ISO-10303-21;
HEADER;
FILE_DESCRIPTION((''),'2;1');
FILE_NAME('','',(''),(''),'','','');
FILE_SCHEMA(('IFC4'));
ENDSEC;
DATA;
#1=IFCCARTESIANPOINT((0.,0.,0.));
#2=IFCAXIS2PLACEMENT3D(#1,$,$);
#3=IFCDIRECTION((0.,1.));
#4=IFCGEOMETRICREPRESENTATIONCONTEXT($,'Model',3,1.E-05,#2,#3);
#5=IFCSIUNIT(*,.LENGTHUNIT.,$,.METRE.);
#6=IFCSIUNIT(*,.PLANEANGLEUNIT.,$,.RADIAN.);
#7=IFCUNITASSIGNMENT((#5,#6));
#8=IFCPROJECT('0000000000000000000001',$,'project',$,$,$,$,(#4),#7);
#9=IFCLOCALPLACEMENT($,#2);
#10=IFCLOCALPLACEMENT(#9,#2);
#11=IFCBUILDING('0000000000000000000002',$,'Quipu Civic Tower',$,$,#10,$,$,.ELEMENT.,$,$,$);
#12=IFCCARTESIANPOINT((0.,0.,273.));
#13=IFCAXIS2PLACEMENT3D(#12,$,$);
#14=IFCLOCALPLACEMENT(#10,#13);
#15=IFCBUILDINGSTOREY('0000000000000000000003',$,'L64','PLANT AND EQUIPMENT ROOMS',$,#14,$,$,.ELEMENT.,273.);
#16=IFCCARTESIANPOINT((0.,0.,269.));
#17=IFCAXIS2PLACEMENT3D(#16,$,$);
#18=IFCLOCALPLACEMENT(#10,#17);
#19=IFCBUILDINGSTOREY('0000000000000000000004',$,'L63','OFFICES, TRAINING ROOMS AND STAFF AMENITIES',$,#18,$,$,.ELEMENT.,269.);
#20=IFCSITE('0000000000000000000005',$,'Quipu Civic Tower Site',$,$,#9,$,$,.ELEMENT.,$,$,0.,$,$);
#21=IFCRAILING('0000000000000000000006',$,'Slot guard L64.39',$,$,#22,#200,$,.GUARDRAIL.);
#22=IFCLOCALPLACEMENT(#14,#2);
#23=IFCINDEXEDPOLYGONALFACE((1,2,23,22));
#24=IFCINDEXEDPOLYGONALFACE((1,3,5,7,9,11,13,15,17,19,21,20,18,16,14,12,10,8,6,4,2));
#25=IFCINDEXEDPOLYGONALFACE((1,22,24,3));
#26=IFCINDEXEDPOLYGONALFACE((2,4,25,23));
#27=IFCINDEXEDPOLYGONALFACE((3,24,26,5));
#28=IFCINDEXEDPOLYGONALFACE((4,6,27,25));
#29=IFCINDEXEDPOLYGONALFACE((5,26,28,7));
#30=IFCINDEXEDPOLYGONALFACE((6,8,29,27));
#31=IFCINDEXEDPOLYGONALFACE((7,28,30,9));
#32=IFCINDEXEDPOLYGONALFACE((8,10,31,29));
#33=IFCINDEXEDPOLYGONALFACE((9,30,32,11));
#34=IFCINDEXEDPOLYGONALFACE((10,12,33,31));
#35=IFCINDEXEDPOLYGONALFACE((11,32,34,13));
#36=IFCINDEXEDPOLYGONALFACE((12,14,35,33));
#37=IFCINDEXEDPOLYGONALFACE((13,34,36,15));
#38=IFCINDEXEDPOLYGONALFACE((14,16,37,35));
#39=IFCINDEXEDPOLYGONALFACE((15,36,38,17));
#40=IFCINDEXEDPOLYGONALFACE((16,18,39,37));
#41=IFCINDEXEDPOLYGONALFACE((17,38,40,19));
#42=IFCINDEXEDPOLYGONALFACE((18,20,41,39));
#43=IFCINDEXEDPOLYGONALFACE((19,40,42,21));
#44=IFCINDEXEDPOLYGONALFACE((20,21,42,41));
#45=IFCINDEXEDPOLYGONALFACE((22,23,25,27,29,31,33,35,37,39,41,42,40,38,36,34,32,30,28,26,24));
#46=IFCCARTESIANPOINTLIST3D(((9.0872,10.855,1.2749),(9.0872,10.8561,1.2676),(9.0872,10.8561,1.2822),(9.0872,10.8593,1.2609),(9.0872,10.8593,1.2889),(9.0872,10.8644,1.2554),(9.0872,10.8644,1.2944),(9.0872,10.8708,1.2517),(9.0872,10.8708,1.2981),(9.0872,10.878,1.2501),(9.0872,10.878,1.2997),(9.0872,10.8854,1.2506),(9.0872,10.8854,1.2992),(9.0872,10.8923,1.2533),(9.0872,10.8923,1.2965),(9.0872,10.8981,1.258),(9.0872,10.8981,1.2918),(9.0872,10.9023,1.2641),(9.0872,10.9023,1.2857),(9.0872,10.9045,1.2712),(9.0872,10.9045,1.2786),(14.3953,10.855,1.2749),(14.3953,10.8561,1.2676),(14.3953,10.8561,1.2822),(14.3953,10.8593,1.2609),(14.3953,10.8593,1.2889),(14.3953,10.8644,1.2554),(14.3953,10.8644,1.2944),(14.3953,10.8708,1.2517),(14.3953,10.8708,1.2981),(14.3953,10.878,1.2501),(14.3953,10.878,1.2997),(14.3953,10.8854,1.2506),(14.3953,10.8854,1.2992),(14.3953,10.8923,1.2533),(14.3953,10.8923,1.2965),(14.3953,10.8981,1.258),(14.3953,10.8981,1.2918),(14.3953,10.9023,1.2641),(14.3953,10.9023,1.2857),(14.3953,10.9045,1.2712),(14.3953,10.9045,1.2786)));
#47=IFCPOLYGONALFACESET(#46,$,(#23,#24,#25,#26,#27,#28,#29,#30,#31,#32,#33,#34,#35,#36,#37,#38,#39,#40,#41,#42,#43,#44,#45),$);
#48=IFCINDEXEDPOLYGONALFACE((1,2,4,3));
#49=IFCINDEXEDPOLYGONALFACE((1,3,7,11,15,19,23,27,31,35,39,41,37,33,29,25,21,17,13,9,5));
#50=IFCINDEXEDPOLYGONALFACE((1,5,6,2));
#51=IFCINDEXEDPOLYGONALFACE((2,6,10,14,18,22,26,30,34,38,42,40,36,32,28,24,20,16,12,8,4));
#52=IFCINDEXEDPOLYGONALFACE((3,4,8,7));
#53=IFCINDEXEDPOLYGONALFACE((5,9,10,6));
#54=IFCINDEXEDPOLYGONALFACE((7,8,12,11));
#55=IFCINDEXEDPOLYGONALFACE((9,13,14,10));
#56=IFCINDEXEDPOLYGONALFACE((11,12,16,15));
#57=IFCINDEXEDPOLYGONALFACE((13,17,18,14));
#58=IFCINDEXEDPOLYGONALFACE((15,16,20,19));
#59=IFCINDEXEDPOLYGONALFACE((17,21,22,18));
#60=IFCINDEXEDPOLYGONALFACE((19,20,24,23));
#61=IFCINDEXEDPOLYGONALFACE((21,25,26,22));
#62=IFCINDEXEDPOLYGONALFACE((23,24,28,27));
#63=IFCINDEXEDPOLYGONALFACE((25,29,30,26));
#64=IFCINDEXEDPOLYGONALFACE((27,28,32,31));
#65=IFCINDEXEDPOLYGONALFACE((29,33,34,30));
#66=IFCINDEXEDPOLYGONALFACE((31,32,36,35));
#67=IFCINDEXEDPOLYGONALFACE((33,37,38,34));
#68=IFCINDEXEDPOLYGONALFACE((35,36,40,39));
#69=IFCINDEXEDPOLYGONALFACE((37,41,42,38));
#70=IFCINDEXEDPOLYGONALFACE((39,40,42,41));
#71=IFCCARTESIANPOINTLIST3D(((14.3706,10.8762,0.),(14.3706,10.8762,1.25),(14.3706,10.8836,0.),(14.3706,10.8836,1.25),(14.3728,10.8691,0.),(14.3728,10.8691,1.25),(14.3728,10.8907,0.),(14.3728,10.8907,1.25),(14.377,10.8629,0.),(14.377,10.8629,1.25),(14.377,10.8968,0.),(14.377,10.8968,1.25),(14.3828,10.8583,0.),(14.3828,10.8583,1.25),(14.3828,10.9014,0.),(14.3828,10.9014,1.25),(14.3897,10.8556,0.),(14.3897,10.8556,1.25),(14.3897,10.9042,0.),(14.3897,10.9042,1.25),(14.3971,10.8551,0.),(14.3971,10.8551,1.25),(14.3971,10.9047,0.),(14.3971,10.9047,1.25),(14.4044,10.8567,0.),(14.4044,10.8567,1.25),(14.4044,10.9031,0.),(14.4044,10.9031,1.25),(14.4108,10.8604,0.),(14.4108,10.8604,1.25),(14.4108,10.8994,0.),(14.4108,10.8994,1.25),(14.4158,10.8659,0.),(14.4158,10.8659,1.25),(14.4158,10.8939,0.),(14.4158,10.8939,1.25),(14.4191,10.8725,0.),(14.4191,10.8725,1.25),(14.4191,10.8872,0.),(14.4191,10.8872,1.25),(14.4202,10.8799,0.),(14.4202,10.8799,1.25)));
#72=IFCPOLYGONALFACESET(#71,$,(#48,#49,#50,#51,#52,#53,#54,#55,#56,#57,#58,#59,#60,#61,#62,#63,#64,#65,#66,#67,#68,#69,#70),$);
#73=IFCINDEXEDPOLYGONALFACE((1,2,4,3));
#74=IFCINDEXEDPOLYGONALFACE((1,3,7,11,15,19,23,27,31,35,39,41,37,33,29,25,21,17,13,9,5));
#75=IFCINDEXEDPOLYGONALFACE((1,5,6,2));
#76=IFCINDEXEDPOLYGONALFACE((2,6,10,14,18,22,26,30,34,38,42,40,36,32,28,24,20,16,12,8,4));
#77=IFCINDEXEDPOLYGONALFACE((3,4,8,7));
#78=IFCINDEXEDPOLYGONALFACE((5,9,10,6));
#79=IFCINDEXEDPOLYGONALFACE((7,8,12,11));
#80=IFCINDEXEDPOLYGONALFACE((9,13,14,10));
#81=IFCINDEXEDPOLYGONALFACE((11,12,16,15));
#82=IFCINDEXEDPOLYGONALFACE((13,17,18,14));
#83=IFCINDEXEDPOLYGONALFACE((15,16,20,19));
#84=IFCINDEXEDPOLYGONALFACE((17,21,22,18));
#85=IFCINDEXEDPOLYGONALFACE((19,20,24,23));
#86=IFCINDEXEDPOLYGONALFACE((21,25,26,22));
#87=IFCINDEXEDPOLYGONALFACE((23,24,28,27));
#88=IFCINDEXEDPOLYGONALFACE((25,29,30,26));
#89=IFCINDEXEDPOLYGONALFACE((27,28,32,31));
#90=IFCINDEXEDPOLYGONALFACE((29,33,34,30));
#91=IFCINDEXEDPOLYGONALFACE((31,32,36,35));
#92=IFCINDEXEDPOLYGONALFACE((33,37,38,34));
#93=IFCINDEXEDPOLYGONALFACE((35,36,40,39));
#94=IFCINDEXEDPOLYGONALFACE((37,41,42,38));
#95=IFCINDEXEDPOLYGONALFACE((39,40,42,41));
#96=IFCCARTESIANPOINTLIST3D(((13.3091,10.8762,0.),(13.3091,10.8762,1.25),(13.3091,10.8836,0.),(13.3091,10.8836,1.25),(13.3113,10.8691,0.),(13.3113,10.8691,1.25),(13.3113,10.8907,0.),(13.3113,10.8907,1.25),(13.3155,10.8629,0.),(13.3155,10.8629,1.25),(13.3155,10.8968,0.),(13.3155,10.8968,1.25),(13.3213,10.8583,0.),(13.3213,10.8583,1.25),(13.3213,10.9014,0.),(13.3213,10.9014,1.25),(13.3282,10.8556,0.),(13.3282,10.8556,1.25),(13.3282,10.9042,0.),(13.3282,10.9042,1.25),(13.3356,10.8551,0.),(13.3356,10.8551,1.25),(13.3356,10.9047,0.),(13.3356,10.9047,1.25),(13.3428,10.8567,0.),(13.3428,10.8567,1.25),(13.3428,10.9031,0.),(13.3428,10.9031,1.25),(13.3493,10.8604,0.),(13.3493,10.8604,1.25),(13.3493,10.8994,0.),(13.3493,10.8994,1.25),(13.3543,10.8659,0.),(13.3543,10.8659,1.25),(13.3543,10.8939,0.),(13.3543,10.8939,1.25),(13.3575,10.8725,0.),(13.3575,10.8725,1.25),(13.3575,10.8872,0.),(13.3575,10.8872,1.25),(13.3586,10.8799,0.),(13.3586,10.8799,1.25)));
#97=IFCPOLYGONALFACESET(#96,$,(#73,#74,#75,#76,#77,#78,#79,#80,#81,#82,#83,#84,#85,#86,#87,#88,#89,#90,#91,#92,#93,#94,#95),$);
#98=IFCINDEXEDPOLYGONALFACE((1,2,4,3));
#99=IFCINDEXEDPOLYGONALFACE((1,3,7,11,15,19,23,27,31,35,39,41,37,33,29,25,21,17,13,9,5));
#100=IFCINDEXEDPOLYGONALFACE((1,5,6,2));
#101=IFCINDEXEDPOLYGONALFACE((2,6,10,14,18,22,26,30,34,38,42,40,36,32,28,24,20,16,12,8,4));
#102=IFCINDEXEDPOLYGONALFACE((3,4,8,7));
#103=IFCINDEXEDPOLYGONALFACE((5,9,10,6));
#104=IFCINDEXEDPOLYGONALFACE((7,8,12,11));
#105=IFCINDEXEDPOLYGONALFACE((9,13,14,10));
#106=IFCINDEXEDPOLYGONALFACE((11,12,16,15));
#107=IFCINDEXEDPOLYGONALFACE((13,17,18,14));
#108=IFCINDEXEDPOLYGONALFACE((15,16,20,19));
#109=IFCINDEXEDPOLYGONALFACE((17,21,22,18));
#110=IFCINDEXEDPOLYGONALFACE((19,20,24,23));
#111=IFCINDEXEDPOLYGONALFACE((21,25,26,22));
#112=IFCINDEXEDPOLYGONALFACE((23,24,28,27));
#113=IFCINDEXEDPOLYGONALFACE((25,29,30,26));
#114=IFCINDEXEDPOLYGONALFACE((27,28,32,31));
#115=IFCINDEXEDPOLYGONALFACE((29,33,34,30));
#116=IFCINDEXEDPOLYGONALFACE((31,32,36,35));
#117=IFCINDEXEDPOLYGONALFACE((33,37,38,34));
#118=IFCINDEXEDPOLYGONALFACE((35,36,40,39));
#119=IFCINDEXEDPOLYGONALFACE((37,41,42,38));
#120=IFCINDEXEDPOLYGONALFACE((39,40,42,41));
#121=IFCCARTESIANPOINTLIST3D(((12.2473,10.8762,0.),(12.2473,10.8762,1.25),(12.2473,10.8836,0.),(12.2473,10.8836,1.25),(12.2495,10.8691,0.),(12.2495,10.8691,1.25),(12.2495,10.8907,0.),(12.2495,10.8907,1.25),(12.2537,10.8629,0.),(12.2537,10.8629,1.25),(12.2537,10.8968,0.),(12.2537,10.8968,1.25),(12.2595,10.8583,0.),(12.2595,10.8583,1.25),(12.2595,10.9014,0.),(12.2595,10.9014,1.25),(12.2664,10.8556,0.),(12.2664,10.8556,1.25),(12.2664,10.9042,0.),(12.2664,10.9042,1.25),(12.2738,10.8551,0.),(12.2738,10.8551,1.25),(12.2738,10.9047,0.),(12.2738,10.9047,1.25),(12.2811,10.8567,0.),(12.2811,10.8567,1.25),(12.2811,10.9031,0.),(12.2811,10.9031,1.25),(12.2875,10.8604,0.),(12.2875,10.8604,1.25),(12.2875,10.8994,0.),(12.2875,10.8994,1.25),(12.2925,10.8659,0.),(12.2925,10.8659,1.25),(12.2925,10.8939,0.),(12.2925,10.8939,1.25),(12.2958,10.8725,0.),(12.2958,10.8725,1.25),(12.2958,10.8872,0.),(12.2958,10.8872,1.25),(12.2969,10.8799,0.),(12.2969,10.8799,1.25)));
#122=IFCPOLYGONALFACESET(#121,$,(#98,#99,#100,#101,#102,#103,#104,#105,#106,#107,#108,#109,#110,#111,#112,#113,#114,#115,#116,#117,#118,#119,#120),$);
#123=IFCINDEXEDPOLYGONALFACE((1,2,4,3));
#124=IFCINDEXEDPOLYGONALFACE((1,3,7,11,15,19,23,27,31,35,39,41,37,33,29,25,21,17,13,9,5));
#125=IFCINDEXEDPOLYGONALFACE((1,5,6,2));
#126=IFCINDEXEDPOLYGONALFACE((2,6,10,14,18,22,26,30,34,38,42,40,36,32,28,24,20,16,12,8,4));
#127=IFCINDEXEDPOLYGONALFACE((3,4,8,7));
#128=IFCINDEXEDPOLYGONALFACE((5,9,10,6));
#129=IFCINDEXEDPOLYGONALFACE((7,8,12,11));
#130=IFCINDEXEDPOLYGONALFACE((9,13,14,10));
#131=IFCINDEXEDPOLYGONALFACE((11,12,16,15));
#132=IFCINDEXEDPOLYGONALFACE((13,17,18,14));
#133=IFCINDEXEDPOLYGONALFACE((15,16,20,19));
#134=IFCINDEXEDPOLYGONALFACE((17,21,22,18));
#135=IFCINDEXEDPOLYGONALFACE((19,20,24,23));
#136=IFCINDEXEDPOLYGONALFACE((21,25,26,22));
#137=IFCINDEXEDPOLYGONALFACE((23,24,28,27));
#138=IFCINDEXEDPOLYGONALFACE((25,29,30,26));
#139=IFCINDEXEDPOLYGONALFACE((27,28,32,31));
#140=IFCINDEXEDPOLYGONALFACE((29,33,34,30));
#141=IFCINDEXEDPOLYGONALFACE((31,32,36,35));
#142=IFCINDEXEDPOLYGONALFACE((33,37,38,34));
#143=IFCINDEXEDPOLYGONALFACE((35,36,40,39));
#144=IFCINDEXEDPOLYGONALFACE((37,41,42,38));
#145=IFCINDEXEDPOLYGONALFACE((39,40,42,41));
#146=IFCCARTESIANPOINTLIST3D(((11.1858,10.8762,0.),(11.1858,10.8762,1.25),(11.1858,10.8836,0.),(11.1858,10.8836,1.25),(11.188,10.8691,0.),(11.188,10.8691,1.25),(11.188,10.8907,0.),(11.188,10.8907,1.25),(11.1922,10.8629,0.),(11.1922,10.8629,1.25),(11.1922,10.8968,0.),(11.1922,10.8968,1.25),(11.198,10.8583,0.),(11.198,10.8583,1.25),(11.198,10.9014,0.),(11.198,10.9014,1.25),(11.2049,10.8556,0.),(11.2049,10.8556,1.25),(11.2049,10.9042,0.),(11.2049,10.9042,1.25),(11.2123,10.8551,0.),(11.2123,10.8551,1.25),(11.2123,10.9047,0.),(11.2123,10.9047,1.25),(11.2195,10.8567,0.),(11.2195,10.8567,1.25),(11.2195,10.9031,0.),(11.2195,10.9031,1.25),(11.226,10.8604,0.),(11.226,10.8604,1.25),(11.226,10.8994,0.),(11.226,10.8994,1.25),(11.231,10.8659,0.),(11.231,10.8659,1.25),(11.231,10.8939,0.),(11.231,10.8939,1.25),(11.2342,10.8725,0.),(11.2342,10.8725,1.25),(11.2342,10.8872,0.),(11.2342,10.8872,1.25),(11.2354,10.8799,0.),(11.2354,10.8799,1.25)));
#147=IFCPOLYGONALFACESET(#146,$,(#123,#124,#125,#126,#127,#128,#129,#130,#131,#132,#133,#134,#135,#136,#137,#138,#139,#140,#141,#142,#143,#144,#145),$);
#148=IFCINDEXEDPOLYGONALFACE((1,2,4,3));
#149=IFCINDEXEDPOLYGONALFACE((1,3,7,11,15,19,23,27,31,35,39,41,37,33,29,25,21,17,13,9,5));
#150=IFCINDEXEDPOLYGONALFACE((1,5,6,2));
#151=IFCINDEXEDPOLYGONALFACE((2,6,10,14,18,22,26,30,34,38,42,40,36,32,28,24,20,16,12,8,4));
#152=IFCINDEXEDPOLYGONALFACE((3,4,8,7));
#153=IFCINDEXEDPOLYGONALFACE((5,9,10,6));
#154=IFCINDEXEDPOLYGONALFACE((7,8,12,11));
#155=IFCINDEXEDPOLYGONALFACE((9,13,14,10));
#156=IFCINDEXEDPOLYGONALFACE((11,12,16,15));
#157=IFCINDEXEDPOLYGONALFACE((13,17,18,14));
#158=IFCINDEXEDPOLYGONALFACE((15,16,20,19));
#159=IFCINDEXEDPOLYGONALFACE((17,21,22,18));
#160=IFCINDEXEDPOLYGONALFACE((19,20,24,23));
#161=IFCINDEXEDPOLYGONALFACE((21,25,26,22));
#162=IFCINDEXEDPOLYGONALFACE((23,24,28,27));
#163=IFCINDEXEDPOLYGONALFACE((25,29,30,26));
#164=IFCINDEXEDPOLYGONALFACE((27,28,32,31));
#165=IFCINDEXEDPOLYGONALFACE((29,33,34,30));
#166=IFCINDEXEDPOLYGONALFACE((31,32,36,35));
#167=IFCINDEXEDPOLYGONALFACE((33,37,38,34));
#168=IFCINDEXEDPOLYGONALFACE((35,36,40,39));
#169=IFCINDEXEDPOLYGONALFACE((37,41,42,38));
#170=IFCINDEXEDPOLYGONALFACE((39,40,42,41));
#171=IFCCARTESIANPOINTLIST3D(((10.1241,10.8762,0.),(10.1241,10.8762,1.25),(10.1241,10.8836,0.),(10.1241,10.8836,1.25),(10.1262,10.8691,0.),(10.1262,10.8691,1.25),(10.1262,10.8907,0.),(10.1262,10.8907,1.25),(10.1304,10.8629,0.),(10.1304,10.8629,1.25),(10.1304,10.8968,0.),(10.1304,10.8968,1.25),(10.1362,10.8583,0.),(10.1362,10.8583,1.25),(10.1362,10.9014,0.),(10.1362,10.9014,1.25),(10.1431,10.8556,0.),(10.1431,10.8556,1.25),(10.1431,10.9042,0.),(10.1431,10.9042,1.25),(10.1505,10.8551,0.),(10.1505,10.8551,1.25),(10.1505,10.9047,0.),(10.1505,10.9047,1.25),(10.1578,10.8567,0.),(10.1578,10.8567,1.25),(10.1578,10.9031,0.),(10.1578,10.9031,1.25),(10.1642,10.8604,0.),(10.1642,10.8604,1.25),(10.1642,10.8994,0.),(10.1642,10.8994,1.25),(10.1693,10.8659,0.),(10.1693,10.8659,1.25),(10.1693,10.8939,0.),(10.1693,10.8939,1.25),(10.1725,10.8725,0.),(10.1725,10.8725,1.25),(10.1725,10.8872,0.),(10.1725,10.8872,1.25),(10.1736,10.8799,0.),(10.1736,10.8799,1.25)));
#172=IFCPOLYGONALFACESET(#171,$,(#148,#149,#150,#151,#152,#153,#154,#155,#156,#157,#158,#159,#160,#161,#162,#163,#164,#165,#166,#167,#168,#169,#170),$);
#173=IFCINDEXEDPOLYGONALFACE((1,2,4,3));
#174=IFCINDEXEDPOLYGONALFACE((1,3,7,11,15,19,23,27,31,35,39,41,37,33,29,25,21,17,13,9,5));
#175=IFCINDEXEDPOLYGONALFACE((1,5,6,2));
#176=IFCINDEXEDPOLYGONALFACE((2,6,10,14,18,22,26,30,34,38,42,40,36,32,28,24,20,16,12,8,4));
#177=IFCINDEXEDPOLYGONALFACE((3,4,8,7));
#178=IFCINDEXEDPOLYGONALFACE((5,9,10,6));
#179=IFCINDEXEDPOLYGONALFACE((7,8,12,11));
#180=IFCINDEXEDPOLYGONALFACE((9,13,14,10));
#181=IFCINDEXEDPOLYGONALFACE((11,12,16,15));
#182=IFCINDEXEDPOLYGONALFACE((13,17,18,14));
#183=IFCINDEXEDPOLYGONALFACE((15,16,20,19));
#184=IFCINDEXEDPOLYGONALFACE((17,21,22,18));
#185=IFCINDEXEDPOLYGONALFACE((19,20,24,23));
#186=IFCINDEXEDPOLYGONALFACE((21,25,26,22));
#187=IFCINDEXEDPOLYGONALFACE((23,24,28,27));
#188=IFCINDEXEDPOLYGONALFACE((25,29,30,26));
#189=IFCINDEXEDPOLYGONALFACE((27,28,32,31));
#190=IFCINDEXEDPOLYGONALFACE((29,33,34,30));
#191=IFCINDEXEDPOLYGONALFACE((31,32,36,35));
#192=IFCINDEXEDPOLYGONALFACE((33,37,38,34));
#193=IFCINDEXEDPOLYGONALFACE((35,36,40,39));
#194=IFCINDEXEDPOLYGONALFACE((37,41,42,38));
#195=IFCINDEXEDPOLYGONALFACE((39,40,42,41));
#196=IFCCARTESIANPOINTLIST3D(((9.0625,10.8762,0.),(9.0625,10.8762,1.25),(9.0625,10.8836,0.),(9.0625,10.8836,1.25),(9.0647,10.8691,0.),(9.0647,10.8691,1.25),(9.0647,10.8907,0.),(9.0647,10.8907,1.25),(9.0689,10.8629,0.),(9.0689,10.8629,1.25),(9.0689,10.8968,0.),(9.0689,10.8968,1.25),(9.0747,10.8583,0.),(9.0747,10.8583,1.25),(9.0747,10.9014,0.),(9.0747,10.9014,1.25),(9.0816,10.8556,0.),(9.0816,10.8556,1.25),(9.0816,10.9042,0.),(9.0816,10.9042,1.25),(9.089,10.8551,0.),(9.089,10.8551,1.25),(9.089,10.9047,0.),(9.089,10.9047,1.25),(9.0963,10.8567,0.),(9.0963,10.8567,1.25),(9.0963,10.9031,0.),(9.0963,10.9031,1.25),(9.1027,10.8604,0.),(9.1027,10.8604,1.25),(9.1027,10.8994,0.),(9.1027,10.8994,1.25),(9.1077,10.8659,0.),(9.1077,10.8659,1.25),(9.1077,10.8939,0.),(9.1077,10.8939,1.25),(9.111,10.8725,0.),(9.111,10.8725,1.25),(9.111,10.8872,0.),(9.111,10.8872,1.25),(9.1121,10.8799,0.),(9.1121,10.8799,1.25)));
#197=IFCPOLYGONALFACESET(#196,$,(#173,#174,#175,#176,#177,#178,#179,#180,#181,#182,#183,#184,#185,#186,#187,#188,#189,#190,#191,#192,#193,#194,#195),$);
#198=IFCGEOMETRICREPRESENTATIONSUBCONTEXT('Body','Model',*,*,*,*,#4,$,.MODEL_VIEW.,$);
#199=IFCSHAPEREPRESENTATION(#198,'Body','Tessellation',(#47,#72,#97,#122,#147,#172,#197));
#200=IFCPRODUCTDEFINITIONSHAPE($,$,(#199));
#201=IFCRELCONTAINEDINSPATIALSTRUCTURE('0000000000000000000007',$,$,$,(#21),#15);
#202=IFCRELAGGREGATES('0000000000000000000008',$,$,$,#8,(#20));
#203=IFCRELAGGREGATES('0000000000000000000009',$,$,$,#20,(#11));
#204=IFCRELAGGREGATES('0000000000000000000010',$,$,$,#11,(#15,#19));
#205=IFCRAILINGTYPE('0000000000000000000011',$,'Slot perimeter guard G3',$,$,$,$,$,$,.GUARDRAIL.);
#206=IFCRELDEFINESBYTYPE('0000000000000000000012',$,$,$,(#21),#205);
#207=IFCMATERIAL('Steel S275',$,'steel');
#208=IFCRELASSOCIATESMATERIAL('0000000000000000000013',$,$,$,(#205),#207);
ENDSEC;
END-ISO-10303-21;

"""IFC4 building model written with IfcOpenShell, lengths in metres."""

from ifc_helpers import new_model, si_unit, direction, frame, origin, origin_2d, place, context, subcontext, project, spatial, circle, extrude, material, type_object, element, save


model = new_model("IFC4")

# Units and contexts
model_context = context("Model", 3, precision=1e-05, world=origin(), true_north=direction((0.0, 1.0)))
body_context = subcontext(model_context, "Body", "Model", "MODEL_VIEW")
ifc_project = project(units=[si_unit("LENGTHUNIT", "METRE"), si_unit("PLANEANGLEUNIT", "RADIAN")], contexts=[model_context])

# Site, building, storey
site_placement = place(None, origin())
site = spatial("IfcSite", under=ifc_project, at=site_placement, Name="Quipu Civic Tower Site", CompositionType="ELEMENT", RefElevation=0.0)
building_placement = place(site_placement, origin())
building = spatial("IfcBuilding", under=site, at=building_placement, Name="Quipu Civic Tower", CompositionType="ELEMENT")
storey_1_placement = place(building_placement, frame((0.0, 0.0, 273.0)))
storey_1 = spatial("IfcBuildingStorey", under=building, at=storey_1_placement, Name="L64", Description="PLANT AND EQUIPMENT ROOMS", CompositionType="ELEMENT", Elevation=273.0)

# Shared definitions
storey_2_placement = place(building_placement, frame((0.0, 0.0, 269.0)))
storey_2 = spatial("IfcBuildingStorey", under=building, at=storey_2_placement, Name="L63", Description="OFFICES, TRAINING ROOMS AND STAFF AMENITIES", CompositionType="ELEMENT", Elevation=269.0)

# Railing
ifc_material_1 = material(Name="Steel S275", Category="steel")
railing_type_1 = type_object("IfcRailingType", Name="Slot perimeter guard G3", PredefinedType="GUARDRAIL", material=ifc_material_1)
railing_1_placement = place(storey_1_placement, frame((14.3953, 10.8799, 0.0)))
element("IfcRailing", 1, at=railing_1_placement, inside=storey_1, type_object=railing_type_1, Name="Slot guard L64.39", PredefinedType="GUARDRAIL", context=body_context, shape_type="SweptSolid", body=[
    extrude(circle(Radius=0.0249, at=origin_2d()), frame((0.0, 0.0, 1.2749), z_axis=(-1.0, 0.0, 0.0), x_axis=(0.0, -1.0, 0.0)), (0.0, 0.0, 1.0), 5.3081),
    extrude(circle(Radius=0.0249, at=origin_2d()), origin(), (0.0, 0.0, 1.0), 1.25),
    extrude(circle(Radius=0.0249, at=origin_2d()), frame((-1.0615, 0.0, 0.0)), (0.0, 0.0, 1.0), 1.25),
    extrude(circle(Radius=0.0249, at=origin_2d()), frame((-2.1233, 0.0, 0.0)), (0.0, 0.0, 1.0), 1.25),
    extrude(circle(Radius=0.0249, at=origin_2d()), frame((-3.1848, 0.0, 0.0)), (0.0, 0.0, 1.0), 1.25),
    extrude(circle(Radius=0.0249, at=origin_2d()), frame((-4.2466, 0.0, 0.0)), (0.0, 0.0, 1.0), 1.25),
    extrude(circle(Radius=0.0249, at=origin_2d()), frame((-5.3081, 0.0, 0.0)), (0.0, 0.0, 1.0), 1.25),
])

save(model, "model.ifc")
